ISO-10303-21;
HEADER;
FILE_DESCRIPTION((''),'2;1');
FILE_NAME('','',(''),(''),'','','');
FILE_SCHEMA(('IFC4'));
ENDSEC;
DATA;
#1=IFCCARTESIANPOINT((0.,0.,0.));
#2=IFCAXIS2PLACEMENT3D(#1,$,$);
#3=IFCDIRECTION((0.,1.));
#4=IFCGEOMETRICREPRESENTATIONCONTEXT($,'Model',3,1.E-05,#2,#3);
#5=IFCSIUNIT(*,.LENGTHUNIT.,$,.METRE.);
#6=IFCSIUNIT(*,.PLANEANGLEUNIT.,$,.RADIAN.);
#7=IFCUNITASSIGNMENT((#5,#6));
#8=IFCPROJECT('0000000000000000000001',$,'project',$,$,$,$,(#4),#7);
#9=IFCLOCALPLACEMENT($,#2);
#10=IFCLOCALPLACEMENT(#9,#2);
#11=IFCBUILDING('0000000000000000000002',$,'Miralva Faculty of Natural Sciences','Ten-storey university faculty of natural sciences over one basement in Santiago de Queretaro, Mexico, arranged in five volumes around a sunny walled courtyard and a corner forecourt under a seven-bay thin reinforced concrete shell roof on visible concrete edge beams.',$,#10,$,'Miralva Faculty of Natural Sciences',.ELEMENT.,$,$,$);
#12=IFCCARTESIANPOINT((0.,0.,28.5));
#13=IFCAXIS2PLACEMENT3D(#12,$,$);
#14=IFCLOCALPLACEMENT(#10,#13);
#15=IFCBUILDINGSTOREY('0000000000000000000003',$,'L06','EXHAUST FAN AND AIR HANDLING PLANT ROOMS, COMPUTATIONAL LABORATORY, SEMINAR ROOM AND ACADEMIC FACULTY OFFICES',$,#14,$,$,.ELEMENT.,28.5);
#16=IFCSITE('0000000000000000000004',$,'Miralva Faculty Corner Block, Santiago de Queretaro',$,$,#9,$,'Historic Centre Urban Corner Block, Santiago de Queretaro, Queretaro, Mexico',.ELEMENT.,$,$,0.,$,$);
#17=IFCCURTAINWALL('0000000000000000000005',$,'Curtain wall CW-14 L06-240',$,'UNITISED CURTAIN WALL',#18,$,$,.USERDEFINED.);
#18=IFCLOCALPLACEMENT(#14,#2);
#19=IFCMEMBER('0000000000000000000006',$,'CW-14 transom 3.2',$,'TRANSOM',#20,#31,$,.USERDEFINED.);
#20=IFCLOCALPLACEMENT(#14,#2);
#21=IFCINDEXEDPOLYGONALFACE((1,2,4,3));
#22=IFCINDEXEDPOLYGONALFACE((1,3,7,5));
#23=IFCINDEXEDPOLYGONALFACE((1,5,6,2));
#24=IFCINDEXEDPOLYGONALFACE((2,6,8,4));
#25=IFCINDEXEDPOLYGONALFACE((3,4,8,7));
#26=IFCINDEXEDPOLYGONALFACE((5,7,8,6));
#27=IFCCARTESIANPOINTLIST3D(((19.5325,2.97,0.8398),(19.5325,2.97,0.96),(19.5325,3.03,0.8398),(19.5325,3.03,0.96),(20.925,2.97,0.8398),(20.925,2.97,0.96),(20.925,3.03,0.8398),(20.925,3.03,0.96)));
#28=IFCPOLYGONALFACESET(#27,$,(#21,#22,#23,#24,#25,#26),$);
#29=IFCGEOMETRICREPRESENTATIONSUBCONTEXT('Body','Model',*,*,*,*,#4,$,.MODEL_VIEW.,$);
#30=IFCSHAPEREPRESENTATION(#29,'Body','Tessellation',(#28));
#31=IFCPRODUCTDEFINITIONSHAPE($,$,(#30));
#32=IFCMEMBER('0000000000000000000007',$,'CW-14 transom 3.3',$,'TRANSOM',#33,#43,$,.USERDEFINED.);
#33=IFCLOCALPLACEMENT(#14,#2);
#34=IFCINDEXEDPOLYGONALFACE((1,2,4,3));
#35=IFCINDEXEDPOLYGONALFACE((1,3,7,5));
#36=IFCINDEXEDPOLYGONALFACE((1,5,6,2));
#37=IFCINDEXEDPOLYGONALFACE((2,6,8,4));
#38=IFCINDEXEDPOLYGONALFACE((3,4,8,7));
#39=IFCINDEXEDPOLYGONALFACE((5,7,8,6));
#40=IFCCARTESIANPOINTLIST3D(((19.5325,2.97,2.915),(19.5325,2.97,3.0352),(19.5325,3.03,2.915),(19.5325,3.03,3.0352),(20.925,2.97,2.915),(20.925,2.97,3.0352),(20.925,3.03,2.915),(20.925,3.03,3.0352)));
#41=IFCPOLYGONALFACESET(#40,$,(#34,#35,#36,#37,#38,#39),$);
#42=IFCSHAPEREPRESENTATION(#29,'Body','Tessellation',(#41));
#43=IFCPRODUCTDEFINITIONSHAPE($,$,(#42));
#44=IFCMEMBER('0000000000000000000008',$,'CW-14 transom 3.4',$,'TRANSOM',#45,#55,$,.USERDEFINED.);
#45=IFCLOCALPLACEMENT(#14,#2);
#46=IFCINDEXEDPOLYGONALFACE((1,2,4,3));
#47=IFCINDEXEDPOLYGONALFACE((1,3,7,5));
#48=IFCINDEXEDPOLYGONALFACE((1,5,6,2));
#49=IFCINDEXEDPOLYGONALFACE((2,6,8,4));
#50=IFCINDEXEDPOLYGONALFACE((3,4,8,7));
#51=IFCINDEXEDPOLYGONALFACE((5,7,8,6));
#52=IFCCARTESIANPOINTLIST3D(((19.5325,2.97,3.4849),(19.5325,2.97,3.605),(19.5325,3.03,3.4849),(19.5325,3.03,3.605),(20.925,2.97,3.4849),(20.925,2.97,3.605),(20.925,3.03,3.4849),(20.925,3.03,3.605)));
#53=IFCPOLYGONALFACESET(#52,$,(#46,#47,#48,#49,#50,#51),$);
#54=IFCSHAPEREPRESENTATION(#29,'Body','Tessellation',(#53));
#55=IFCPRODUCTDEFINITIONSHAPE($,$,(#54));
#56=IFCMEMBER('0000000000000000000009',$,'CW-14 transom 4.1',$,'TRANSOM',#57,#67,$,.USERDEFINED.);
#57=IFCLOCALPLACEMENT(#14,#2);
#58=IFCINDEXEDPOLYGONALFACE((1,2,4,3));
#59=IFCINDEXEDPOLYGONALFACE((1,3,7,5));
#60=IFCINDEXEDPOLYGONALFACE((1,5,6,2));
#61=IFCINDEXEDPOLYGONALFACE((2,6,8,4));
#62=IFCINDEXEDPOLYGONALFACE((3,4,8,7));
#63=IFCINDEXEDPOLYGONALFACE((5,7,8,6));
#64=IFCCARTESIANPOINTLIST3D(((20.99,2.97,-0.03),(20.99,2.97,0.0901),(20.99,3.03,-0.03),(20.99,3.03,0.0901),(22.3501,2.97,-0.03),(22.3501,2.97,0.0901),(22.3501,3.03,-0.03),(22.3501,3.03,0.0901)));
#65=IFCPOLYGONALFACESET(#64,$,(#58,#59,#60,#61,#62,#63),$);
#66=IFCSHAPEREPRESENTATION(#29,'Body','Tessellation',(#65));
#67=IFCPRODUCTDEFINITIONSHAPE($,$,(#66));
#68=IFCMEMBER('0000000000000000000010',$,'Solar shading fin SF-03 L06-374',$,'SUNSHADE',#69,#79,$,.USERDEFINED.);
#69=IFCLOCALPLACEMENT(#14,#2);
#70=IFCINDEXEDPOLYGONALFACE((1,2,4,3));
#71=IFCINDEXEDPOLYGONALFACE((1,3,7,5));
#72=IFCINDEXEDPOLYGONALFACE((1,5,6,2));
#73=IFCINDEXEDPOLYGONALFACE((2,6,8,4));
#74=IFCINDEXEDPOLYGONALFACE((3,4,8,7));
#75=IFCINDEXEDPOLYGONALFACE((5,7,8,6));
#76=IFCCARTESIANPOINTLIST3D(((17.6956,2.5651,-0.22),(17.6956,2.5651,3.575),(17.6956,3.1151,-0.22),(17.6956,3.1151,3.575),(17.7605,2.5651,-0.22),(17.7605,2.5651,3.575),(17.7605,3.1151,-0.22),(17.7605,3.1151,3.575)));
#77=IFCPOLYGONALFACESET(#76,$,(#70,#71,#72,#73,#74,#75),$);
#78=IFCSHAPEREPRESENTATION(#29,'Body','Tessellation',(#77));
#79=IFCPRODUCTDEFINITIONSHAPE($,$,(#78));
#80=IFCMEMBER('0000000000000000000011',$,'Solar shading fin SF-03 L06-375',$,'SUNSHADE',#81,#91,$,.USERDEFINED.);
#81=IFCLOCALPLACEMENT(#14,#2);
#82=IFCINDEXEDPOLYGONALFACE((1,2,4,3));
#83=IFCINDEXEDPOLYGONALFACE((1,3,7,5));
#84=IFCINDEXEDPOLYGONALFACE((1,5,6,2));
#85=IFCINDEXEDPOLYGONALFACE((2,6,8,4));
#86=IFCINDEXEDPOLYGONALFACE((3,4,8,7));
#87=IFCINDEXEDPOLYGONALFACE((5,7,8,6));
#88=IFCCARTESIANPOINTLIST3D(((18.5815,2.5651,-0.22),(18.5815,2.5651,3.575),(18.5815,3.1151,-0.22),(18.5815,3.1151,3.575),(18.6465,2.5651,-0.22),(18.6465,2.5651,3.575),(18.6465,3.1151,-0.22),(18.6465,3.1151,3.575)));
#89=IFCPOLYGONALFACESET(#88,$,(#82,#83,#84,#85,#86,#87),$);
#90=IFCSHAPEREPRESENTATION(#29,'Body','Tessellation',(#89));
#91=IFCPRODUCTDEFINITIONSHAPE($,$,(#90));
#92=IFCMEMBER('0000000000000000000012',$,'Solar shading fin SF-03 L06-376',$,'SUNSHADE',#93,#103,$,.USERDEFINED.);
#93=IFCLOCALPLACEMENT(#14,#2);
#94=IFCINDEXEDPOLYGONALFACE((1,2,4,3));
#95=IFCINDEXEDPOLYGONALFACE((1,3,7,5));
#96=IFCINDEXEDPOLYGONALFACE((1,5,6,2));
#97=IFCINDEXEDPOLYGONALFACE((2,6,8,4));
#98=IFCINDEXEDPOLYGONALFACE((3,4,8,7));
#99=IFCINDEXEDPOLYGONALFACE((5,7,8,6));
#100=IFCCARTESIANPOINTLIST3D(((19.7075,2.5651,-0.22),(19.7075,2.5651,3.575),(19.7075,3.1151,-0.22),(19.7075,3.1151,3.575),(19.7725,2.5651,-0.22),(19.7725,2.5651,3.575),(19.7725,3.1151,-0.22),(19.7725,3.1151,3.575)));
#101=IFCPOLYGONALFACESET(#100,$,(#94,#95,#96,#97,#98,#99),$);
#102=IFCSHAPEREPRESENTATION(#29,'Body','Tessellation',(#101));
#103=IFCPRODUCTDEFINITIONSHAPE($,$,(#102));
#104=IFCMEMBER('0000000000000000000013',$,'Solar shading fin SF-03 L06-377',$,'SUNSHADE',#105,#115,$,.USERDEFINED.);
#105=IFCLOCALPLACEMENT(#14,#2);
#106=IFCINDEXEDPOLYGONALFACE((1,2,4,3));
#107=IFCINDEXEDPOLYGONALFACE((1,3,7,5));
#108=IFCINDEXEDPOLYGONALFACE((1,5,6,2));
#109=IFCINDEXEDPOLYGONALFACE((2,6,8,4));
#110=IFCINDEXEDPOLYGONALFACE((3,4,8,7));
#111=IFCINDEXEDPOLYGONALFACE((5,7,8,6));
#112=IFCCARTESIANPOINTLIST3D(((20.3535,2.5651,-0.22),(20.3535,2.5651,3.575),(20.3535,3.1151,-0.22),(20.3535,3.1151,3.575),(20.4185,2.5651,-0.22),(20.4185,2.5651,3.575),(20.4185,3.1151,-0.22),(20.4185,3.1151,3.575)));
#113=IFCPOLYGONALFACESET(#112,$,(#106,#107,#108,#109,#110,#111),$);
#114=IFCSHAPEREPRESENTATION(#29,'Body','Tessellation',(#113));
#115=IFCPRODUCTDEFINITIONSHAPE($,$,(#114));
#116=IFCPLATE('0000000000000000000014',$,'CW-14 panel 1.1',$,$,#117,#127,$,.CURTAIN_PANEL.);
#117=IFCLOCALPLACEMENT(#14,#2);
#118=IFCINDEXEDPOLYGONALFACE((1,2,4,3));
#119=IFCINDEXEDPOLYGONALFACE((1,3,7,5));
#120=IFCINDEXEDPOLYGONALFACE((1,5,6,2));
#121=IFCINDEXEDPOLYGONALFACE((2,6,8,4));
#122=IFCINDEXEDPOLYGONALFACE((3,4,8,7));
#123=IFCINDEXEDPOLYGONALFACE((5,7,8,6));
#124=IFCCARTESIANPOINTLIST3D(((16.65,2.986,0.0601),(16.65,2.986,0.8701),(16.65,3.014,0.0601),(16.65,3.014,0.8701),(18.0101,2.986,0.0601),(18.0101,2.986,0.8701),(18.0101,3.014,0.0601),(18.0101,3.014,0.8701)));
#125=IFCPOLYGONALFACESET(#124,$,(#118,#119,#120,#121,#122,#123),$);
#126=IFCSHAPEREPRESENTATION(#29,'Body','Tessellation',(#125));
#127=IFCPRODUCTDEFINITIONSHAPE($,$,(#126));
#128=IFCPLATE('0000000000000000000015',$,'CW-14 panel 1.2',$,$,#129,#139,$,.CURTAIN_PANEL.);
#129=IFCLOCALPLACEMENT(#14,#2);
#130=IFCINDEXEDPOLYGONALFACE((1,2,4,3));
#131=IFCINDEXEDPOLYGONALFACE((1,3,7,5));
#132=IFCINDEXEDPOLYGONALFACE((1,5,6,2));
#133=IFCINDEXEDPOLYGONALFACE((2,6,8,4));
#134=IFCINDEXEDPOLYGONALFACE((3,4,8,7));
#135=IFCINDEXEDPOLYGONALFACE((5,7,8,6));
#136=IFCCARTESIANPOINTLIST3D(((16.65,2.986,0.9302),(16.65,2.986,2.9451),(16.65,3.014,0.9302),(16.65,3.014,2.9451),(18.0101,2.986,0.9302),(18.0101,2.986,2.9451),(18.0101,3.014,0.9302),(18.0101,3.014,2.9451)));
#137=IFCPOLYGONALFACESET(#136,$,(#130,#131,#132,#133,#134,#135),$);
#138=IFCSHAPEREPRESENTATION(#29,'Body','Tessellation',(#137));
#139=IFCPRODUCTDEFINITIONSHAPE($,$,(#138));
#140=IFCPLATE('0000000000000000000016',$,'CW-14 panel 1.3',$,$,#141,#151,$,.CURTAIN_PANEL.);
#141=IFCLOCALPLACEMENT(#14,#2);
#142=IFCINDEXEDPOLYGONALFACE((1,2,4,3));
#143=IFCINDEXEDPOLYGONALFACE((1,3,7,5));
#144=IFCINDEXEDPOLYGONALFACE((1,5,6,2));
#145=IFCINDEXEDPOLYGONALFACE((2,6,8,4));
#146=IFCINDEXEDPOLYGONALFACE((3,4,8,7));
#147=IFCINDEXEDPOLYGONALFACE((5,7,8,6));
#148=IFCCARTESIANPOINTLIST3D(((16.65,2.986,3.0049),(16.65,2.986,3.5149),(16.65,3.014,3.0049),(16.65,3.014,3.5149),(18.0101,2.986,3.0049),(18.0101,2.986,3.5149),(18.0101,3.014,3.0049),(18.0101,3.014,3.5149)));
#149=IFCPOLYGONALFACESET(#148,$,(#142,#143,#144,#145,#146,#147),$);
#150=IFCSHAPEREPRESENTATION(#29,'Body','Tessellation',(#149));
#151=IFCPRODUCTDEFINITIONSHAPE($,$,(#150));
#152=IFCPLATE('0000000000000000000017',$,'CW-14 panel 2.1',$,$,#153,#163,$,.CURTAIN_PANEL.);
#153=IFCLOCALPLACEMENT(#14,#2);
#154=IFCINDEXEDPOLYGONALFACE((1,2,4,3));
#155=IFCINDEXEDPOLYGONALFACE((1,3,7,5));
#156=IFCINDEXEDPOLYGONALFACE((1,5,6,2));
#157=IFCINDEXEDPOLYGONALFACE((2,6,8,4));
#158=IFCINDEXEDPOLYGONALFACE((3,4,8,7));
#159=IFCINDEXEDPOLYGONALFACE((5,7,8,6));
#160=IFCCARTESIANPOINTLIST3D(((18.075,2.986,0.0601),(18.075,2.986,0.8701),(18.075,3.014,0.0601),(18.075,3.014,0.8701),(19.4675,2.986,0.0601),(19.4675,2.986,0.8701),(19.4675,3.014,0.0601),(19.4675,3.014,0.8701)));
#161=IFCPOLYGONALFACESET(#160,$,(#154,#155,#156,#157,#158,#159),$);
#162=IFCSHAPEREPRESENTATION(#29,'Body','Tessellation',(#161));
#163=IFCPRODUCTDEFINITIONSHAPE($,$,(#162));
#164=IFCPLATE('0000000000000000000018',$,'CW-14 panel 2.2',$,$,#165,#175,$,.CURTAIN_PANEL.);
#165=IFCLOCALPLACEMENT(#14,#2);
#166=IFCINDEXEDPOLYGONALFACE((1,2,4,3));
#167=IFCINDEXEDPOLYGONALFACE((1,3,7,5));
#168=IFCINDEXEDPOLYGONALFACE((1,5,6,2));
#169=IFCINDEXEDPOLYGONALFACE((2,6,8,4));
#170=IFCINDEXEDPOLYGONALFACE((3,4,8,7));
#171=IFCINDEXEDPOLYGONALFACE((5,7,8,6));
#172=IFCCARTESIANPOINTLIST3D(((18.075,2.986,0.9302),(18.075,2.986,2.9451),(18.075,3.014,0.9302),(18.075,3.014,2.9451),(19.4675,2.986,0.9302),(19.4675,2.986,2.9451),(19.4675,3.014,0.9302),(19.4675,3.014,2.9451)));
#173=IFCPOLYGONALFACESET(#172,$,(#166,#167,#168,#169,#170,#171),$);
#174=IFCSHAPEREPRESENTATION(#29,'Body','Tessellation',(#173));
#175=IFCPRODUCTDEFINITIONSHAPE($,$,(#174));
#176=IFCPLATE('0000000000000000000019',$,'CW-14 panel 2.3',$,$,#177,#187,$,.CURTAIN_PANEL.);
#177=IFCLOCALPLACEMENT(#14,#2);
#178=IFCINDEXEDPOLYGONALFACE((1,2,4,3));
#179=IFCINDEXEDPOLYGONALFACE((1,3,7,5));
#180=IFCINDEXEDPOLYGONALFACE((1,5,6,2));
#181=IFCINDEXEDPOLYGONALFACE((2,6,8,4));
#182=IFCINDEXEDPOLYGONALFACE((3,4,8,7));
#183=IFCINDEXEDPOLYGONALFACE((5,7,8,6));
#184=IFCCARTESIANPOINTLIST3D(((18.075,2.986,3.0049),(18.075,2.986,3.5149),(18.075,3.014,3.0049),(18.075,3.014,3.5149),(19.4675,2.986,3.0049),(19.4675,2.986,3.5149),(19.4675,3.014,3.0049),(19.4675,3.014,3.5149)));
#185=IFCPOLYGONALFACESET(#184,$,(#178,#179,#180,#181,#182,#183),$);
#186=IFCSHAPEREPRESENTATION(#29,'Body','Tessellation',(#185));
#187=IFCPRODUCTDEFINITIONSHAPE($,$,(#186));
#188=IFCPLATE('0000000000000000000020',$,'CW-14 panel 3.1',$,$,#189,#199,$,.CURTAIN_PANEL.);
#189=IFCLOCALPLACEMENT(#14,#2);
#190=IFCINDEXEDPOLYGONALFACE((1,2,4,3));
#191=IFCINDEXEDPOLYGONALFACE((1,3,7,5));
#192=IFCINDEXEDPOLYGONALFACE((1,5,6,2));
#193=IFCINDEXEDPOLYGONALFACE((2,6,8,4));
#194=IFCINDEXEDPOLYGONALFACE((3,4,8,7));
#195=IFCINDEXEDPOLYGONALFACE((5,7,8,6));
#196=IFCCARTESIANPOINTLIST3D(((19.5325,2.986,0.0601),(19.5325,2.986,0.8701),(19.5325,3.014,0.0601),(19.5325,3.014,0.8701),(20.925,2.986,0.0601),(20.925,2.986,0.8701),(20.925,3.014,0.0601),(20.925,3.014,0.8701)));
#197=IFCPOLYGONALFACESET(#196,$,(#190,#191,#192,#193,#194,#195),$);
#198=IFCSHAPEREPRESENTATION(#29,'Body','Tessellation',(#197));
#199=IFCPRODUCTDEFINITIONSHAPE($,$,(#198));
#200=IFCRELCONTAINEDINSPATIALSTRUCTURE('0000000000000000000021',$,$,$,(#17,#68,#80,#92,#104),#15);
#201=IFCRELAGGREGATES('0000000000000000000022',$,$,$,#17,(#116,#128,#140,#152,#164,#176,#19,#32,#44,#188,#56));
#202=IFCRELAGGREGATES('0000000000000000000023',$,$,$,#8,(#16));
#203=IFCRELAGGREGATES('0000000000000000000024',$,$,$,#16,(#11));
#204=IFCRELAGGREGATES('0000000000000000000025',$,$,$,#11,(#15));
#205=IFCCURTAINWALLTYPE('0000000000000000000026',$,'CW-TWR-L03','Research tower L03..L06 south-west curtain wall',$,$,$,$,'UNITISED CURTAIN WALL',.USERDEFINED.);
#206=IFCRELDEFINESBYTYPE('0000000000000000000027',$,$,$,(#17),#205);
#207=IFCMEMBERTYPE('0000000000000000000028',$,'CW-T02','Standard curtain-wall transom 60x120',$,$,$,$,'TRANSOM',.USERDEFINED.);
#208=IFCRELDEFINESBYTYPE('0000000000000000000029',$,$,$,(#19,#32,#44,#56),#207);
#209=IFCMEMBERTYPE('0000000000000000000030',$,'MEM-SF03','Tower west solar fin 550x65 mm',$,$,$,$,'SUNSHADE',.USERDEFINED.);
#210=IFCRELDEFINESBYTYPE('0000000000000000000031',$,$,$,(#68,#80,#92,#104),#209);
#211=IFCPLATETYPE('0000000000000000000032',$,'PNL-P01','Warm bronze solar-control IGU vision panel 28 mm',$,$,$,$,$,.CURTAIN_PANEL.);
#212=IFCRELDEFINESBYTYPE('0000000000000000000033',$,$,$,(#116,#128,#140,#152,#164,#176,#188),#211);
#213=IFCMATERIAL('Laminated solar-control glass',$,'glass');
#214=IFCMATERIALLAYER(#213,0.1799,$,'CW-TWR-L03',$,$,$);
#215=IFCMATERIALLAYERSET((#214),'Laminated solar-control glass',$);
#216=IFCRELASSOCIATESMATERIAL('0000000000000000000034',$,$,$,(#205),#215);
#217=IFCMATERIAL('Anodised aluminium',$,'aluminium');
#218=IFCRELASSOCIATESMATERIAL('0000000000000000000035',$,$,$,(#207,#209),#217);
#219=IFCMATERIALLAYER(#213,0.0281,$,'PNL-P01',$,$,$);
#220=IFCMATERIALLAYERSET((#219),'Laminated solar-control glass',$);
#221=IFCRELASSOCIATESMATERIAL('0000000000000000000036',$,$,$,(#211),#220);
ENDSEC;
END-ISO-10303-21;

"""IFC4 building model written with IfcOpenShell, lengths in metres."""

from ifc_helpers import new_model, si_unit, direction, frame, origin, origin_2d, place, context, subcontext, project, spatial, rectangle, extrude, material, layer, layer_set, material_profile, profile_set, type_object, element, aggregate, save


model = new_model("IFC4")

# Units and contexts
model_context = context("Model", 3, precision=1e-05, world=origin(), true_north=direction((0.0, 1.0)))
body_context = subcontext(model_context, "Body", "Model", "MODEL_VIEW")
ifc_project = project(units=[si_unit("LENGTHUNIT", "METRE"), si_unit("PLANEANGLEUNIT", "RADIAN")], contexts=[model_context])

# Site, building, storey
site_placement = place(None, origin())
site = spatial("IfcSite", under=ifc_project, at=site_placement, Name="Miralva Faculty Corner Block, Santiago de Queretaro", LongName="Historic Centre Urban Corner Block, Santiago de Queretaro, Queretaro, Mexico", CompositionType="ELEMENT", RefElevation=0.0)
building_placement = place(site_placement, origin())
building = spatial("IfcBuilding", under=site, at=building_placement, Name="Miralva Faculty of Natural Sciences", Description="Ten-storey university faculty of natural sciences over one basement in Santiago de Queretaro, Mexico, arranged in five volumes around a sunny walled courtyard and a corner forecourt under a seven-bay thin reinforced concrete shell roof on visible concrete edge beams.", LongName="Miralva Faculty of Natural Sciences", CompositionType="ELEMENT")
storey_placement = place(building_placement, frame((0.0, 0.0, 28.5)))
storey = spatial("IfcBuildingStorey", under=building, at=storey_placement, Name="L06", Description="EXHAUST FAN AND AIR HANDLING PLANT ROOMS, COMPUTATIONAL LABORATORY, SEMINAR ROOM AND ACADEMIC FACULTY OFFICES", CompositionType="ELEMENT", Elevation=28.5)

# Curtain wall, members
ifc_material_1 = material(Name="Laminated solar-control glass", Category="glass")
ifc_layer_1 = layer(ifc_material_1, 0.1799, Name="CW-TWR-L03")
ifc_layer_set_1 = layer_set([ifc_layer_1], Name="Laminated solar-control glass")
curtain_wall_type = type_object("IfcCurtainWallType", Name="CW-TWR-L03", Description="Research tower L03..L06 south-west curtain wall", ElementType="UNITISED CURTAIN WALL", PredefinedType="USERDEFINED", material=ifc_layer_set_1)
curtain_wall_placement = place(storey_placement, origin())
curtain_wall = element("IfcCurtainWall", 1, at=curtain_wall_placement, inside=storey, type_object=curtain_wall_type, Name="Curtain wall CW-14 L06-240", ObjectType="UNITISED CURTAIN WALL", PredefinedType="USERDEFINED")
ifc_material_2 = material(Name="Anodised aluminium", Category="aluminium")
ifc_material_profile_1 = material_profile(ifc_material_2, rectangle(XDim=0.0601, YDim=0.1201, at=origin_2d()), Name="TRANSOM 60x120")
ifc_profile_set_1 = profile_set([ifc_material_profile_1], Name="Anodised aluminium")
member_type_1 = type_object("IfcMemberType", Name="CW-T02", Description="Standard curtain-wall transom 60x120", ElementType="TRANSOM", PredefinedType="USERDEFINED", material=ifc_profile_set_1)
member_1_placement = place(storey_placement, frame((19.5325, 3.0, 0.8999), z_axis=(1.0, 0.0, 0.0), x_axis=(0.0, 1.0, 0.0)))
member_1 = element("IfcMember", 2, at=member_1_placement, type_object=member_type_1, Name="CW-14 transom 3.2", ObjectType="TRANSOM", PredefinedType="USERDEFINED", context=body_context, shape_type="SweptSolid", body=[
    extrude(rectangle(XDim=0.0601, YDim=0.1201, at=origin_2d()), origin(), (0.0, 0.0, 1.0), 1.3926),
])
member_2_placement = place(storey_placement, frame((19.5325, 3.0, 2.9751), z_axis=(1.0, 0.0, 0.0), x_axis=(0.0, 1.0, 0.0)))
member_2 = element("IfcMember", 3, at=member_2_placement, type_object=member_type_1, Name="CW-14 transom 3.3", ObjectType="TRANSOM", PredefinedType="USERDEFINED", context=body_context, shape_type="SweptSolid", body=[
    extrude(rectangle(XDim=0.0601, YDim=0.1201, at=origin_2d()), origin(), (0.0, 0.0, 1.0), 1.3926),
])
member_3_placement = place(storey_placement, frame((19.5325, 3.0, 3.5449), z_axis=(1.0, 0.0, 0.0), x_axis=(0.0, 1.0, 0.0)))
member_3 = element("IfcMember", 4, at=member_3_placement, type_object=member_type_1, Name="CW-14 transom 3.4", ObjectType="TRANSOM", PredefinedType="USERDEFINED", context=body_context, shape_type="SweptSolid", body=[
    extrude(rectangle(XDim=0.0601, YDim=0.1201, at=origin_2d()), origin(), (0.0, 0.0, 1.0), 1.3926),
])
member_4_placement = place(storey_placement, frame((20.99, 3.0, 0.03), z_axis=(1.0, 0.0, 0.0), x_axis=(0.0, 1.0, 0.0)))
member_4 = element("IfcMember", 5, at=member_4_placement, type_object=member_type_1, Name="CW-14 transom 4.1", ObjectType="TRANSOM", PredefinedType="USERDEFINED", context=body_context, shape_type="SweptSolid", body=[
    extrude(rectangle(XDim=0.0601, YDim=0.1201, at=origin_2d()), origin(), (0.0, 0.0, 1.0), 1.3601),
])

# Members
ifc_material_profile_2 = material_profile(ifc_material_2, rectangle(XDim=0.0649, YDim=0.55, at=origin_2d()), Name="FIN 550x65")
ifc_profile_set_2 = profile_set([ifc_material_profile_2], Name="Anodised aluminium")
member_type_2 = type_object("IfcMemberType", Name="MEM-SF03", Description="Tower west solar fin 550x65 mm", ElementType="SUNSHADE", PredefinedType="USERDEFINED", material=ifc_profile_set_2)
for number, where, z_axis, x_axis, name in (
    (6, (17.728, 2.8401, -0.22), (0.0, 0.0, 1.0), (1.0, 0.0, 0.0), "Solar shading fin SF-03 L06-374"),
    (7, (18.614, 2.8401, -0.22), (0.0, 0.0, 1.0), (1.0, 0.0, 0.0), "Solar shading fin SF-03 L06-375"),
    (8, (19.74, 2.8401, -0.22), (0.0, 0.0, 1.0), (1.0, 0.0, 0.0), "Solar shading fin SF-03 L06-376"),
    (9, (20.386, 2.8401, -0.22), (0.0, 0.0, 1.0), (1.0, 0.0, 0.0), "Solar shading fin SF-03 L06-377"),
):
    element("IfcMember", number, at=place(storey_placement, frame(where, z_axis=z_axis, x_axis=x_axis)), inside=storey, type_object=member_type_2, Name=name, ObjectType="SUNSHADE", PredefinedType="USERDEFINED", context=body_context, shape_type="SweptSolid", body=[
        extrude(rectangle(XDim=0.0649, YDim=0.55, at=origin_2d()), origin(), (0.0, 0.0, 1.0), 3.7949),
    ])

# Plates
ifc_layer_2 = layer(ifc_material_1, 0.0281, Name="PNL-P01")
ifc_layer_set_2 = layer_set([ifc_layer_2], Name="Laminated solar-control glass")
plate_type = type_object("IfcPlateType", Name="PNL-P01", Description="Warm bronze solar-control IGU vision panel 28 mm", PredefinedType="CURTAIN_PANEL", material=ifc_layer_set_2)
plate_1_placement = place(storey_placement, frame((17.3301, 3.0, 0.0601), z_axis=(0.0, 0.0, 1.0), x_axis=(1.0, 0.0, 0.0)))
plate_1 = element("IfcPlate", 10, at=plate_1_placement, type_object=plate_type, Name="CW-14 panel 1.1", PredefinedType="CURTAIN_PANEL", context=body_context, shape_type="SweptSolid", body=[
    extrude(rectangle(XDim=1.3601, YDim=0.0281, at=origin_2d()), origin(), (0.0, 0.0, 1.0), 0.8101),
])
plate_2_placement = place(storey_placement, frame((17.3301, 3.0, 0.9302), z_axis=(0.0, 0.0, 1.0), x_axis=(1.0, 0.0, 0.0)))
plate_2 = element("IfcPlate", 11, at=plate_2_placement, type_object=plate_type, Name="CW-14 panel 1.2", PredefinedType="CURTAIN_PANEL", context=body_context, shape_type="SweptSolid", body=[
    extrude(rectangle(XDim=1.3601, YDim=0.0281, at=origin_2d()), origin(), (0.0, 0.0, 1.0), 2.0149),
])
plate_3_placement = place(storey_placement, frame((17.3301, 3.0, 3.0049), z_axis=(0.0, 0.0, 1.0), x_axis=(1.0, 0.0, 0.0)))
plate_3 = element("IfcPlate", 12, at=plate_3_placement, type_object=plate_type, Name="CW-14 panel 1.3", PredefinedType="CURTAIN_PANEL", context=body_context, shape_type="SweptSolid", body=[
    extrude(rectangle(XDim=1.3601, YDim=0.0281, at=origin_2d()), origin(), (0.0, 0.0, 1.0), 0.51),
])
plate_4_placement = place(storey_placement, frame((18.7712, 3.0, 0.0601), z_axis=(0.0, 0.0, 1.0), x_axis=(1.0, 0.0, 0.0)))
plate_4 = element("IfcPlate", 13, at=plate_4_placement, type_object=plate_type, Name="CW-14 panel 2.1", PredefinedType="CURTAIN_PANEL", context=body_context, shape_type="SweptSolid", body=[
    extrude(rectangle(XDim=1.3926, YDim=0.0281, at=origin_2d()), origin(), (0.0, 0.0, 1.0), 0.8101),
])
plate_5_placement = place(storey_placement, frame((18.7712, 3.0, 0.9302), z_axis=(0.0, 0.0, 1.0), x_axis=(1.0, 0.0, 0.0)))
plate_5 = element("IfcPlate", 14, at=plate_5_placement, type_object=plate_type, Name="CW-14 panel 2.2", PredefinedType="CURTAIN_PANEL", context=body_context, shape_type="SweptSolid", body=[
    extrude(rectangle(XDim=1.3926, YDim=0.0281, at=origin_2d()), origin(), (0.0, 0.0, 1.0), 2.0149),
])
plate_6_placement = place(storey_placement, frame((18.7712, 3.0, 3.0049), z_axis=(0.0, 0.0, 1.0), x_axis=(1.0, 0.0, 0.0)))
plate_6 = element("IfcPlate", 15, at=plate_6_placement, type_object=plate_type, Name="CW-14 panel 2.3", PredefinedType="CURTAIN_PANEL", context=body_context, shape_type="SweptSolid", body=[
    extrude(rectangle(XDim=1.3926, YDim=0.0281, at=origin_2d()), origin(), (0.0, 0.0, 1.0), 0.51),
])
plate_7_placement = place(storey_placement, frame((20.2288, 3.0, 0.0601), z_axis=(0.0, 0.0, 1.0), x_axis=(1.0, 0.0, 0.0)))
plate_7 = element("IfcPlate", 16, at=plate_7_placement, type_object=plate_type, Name="CW-14 panel 3.1", PredefinedType="CURTAIN_PANEL", context=body_context, shape_type="SweptSolid", body=[
    extrude(rectangle(XDim=1.3926, YDim=0.0281, at=origin_2d()), origin(), (0.0, 0.0, 1.0), 0.8101),
])
aggregate(curtain_wall, [plate_1, plate_2, plate_3, plate_4, plate_5, plate_6, member_1, member_2, member_3, plate_7, member_4])

save(model, "model.ifc")
